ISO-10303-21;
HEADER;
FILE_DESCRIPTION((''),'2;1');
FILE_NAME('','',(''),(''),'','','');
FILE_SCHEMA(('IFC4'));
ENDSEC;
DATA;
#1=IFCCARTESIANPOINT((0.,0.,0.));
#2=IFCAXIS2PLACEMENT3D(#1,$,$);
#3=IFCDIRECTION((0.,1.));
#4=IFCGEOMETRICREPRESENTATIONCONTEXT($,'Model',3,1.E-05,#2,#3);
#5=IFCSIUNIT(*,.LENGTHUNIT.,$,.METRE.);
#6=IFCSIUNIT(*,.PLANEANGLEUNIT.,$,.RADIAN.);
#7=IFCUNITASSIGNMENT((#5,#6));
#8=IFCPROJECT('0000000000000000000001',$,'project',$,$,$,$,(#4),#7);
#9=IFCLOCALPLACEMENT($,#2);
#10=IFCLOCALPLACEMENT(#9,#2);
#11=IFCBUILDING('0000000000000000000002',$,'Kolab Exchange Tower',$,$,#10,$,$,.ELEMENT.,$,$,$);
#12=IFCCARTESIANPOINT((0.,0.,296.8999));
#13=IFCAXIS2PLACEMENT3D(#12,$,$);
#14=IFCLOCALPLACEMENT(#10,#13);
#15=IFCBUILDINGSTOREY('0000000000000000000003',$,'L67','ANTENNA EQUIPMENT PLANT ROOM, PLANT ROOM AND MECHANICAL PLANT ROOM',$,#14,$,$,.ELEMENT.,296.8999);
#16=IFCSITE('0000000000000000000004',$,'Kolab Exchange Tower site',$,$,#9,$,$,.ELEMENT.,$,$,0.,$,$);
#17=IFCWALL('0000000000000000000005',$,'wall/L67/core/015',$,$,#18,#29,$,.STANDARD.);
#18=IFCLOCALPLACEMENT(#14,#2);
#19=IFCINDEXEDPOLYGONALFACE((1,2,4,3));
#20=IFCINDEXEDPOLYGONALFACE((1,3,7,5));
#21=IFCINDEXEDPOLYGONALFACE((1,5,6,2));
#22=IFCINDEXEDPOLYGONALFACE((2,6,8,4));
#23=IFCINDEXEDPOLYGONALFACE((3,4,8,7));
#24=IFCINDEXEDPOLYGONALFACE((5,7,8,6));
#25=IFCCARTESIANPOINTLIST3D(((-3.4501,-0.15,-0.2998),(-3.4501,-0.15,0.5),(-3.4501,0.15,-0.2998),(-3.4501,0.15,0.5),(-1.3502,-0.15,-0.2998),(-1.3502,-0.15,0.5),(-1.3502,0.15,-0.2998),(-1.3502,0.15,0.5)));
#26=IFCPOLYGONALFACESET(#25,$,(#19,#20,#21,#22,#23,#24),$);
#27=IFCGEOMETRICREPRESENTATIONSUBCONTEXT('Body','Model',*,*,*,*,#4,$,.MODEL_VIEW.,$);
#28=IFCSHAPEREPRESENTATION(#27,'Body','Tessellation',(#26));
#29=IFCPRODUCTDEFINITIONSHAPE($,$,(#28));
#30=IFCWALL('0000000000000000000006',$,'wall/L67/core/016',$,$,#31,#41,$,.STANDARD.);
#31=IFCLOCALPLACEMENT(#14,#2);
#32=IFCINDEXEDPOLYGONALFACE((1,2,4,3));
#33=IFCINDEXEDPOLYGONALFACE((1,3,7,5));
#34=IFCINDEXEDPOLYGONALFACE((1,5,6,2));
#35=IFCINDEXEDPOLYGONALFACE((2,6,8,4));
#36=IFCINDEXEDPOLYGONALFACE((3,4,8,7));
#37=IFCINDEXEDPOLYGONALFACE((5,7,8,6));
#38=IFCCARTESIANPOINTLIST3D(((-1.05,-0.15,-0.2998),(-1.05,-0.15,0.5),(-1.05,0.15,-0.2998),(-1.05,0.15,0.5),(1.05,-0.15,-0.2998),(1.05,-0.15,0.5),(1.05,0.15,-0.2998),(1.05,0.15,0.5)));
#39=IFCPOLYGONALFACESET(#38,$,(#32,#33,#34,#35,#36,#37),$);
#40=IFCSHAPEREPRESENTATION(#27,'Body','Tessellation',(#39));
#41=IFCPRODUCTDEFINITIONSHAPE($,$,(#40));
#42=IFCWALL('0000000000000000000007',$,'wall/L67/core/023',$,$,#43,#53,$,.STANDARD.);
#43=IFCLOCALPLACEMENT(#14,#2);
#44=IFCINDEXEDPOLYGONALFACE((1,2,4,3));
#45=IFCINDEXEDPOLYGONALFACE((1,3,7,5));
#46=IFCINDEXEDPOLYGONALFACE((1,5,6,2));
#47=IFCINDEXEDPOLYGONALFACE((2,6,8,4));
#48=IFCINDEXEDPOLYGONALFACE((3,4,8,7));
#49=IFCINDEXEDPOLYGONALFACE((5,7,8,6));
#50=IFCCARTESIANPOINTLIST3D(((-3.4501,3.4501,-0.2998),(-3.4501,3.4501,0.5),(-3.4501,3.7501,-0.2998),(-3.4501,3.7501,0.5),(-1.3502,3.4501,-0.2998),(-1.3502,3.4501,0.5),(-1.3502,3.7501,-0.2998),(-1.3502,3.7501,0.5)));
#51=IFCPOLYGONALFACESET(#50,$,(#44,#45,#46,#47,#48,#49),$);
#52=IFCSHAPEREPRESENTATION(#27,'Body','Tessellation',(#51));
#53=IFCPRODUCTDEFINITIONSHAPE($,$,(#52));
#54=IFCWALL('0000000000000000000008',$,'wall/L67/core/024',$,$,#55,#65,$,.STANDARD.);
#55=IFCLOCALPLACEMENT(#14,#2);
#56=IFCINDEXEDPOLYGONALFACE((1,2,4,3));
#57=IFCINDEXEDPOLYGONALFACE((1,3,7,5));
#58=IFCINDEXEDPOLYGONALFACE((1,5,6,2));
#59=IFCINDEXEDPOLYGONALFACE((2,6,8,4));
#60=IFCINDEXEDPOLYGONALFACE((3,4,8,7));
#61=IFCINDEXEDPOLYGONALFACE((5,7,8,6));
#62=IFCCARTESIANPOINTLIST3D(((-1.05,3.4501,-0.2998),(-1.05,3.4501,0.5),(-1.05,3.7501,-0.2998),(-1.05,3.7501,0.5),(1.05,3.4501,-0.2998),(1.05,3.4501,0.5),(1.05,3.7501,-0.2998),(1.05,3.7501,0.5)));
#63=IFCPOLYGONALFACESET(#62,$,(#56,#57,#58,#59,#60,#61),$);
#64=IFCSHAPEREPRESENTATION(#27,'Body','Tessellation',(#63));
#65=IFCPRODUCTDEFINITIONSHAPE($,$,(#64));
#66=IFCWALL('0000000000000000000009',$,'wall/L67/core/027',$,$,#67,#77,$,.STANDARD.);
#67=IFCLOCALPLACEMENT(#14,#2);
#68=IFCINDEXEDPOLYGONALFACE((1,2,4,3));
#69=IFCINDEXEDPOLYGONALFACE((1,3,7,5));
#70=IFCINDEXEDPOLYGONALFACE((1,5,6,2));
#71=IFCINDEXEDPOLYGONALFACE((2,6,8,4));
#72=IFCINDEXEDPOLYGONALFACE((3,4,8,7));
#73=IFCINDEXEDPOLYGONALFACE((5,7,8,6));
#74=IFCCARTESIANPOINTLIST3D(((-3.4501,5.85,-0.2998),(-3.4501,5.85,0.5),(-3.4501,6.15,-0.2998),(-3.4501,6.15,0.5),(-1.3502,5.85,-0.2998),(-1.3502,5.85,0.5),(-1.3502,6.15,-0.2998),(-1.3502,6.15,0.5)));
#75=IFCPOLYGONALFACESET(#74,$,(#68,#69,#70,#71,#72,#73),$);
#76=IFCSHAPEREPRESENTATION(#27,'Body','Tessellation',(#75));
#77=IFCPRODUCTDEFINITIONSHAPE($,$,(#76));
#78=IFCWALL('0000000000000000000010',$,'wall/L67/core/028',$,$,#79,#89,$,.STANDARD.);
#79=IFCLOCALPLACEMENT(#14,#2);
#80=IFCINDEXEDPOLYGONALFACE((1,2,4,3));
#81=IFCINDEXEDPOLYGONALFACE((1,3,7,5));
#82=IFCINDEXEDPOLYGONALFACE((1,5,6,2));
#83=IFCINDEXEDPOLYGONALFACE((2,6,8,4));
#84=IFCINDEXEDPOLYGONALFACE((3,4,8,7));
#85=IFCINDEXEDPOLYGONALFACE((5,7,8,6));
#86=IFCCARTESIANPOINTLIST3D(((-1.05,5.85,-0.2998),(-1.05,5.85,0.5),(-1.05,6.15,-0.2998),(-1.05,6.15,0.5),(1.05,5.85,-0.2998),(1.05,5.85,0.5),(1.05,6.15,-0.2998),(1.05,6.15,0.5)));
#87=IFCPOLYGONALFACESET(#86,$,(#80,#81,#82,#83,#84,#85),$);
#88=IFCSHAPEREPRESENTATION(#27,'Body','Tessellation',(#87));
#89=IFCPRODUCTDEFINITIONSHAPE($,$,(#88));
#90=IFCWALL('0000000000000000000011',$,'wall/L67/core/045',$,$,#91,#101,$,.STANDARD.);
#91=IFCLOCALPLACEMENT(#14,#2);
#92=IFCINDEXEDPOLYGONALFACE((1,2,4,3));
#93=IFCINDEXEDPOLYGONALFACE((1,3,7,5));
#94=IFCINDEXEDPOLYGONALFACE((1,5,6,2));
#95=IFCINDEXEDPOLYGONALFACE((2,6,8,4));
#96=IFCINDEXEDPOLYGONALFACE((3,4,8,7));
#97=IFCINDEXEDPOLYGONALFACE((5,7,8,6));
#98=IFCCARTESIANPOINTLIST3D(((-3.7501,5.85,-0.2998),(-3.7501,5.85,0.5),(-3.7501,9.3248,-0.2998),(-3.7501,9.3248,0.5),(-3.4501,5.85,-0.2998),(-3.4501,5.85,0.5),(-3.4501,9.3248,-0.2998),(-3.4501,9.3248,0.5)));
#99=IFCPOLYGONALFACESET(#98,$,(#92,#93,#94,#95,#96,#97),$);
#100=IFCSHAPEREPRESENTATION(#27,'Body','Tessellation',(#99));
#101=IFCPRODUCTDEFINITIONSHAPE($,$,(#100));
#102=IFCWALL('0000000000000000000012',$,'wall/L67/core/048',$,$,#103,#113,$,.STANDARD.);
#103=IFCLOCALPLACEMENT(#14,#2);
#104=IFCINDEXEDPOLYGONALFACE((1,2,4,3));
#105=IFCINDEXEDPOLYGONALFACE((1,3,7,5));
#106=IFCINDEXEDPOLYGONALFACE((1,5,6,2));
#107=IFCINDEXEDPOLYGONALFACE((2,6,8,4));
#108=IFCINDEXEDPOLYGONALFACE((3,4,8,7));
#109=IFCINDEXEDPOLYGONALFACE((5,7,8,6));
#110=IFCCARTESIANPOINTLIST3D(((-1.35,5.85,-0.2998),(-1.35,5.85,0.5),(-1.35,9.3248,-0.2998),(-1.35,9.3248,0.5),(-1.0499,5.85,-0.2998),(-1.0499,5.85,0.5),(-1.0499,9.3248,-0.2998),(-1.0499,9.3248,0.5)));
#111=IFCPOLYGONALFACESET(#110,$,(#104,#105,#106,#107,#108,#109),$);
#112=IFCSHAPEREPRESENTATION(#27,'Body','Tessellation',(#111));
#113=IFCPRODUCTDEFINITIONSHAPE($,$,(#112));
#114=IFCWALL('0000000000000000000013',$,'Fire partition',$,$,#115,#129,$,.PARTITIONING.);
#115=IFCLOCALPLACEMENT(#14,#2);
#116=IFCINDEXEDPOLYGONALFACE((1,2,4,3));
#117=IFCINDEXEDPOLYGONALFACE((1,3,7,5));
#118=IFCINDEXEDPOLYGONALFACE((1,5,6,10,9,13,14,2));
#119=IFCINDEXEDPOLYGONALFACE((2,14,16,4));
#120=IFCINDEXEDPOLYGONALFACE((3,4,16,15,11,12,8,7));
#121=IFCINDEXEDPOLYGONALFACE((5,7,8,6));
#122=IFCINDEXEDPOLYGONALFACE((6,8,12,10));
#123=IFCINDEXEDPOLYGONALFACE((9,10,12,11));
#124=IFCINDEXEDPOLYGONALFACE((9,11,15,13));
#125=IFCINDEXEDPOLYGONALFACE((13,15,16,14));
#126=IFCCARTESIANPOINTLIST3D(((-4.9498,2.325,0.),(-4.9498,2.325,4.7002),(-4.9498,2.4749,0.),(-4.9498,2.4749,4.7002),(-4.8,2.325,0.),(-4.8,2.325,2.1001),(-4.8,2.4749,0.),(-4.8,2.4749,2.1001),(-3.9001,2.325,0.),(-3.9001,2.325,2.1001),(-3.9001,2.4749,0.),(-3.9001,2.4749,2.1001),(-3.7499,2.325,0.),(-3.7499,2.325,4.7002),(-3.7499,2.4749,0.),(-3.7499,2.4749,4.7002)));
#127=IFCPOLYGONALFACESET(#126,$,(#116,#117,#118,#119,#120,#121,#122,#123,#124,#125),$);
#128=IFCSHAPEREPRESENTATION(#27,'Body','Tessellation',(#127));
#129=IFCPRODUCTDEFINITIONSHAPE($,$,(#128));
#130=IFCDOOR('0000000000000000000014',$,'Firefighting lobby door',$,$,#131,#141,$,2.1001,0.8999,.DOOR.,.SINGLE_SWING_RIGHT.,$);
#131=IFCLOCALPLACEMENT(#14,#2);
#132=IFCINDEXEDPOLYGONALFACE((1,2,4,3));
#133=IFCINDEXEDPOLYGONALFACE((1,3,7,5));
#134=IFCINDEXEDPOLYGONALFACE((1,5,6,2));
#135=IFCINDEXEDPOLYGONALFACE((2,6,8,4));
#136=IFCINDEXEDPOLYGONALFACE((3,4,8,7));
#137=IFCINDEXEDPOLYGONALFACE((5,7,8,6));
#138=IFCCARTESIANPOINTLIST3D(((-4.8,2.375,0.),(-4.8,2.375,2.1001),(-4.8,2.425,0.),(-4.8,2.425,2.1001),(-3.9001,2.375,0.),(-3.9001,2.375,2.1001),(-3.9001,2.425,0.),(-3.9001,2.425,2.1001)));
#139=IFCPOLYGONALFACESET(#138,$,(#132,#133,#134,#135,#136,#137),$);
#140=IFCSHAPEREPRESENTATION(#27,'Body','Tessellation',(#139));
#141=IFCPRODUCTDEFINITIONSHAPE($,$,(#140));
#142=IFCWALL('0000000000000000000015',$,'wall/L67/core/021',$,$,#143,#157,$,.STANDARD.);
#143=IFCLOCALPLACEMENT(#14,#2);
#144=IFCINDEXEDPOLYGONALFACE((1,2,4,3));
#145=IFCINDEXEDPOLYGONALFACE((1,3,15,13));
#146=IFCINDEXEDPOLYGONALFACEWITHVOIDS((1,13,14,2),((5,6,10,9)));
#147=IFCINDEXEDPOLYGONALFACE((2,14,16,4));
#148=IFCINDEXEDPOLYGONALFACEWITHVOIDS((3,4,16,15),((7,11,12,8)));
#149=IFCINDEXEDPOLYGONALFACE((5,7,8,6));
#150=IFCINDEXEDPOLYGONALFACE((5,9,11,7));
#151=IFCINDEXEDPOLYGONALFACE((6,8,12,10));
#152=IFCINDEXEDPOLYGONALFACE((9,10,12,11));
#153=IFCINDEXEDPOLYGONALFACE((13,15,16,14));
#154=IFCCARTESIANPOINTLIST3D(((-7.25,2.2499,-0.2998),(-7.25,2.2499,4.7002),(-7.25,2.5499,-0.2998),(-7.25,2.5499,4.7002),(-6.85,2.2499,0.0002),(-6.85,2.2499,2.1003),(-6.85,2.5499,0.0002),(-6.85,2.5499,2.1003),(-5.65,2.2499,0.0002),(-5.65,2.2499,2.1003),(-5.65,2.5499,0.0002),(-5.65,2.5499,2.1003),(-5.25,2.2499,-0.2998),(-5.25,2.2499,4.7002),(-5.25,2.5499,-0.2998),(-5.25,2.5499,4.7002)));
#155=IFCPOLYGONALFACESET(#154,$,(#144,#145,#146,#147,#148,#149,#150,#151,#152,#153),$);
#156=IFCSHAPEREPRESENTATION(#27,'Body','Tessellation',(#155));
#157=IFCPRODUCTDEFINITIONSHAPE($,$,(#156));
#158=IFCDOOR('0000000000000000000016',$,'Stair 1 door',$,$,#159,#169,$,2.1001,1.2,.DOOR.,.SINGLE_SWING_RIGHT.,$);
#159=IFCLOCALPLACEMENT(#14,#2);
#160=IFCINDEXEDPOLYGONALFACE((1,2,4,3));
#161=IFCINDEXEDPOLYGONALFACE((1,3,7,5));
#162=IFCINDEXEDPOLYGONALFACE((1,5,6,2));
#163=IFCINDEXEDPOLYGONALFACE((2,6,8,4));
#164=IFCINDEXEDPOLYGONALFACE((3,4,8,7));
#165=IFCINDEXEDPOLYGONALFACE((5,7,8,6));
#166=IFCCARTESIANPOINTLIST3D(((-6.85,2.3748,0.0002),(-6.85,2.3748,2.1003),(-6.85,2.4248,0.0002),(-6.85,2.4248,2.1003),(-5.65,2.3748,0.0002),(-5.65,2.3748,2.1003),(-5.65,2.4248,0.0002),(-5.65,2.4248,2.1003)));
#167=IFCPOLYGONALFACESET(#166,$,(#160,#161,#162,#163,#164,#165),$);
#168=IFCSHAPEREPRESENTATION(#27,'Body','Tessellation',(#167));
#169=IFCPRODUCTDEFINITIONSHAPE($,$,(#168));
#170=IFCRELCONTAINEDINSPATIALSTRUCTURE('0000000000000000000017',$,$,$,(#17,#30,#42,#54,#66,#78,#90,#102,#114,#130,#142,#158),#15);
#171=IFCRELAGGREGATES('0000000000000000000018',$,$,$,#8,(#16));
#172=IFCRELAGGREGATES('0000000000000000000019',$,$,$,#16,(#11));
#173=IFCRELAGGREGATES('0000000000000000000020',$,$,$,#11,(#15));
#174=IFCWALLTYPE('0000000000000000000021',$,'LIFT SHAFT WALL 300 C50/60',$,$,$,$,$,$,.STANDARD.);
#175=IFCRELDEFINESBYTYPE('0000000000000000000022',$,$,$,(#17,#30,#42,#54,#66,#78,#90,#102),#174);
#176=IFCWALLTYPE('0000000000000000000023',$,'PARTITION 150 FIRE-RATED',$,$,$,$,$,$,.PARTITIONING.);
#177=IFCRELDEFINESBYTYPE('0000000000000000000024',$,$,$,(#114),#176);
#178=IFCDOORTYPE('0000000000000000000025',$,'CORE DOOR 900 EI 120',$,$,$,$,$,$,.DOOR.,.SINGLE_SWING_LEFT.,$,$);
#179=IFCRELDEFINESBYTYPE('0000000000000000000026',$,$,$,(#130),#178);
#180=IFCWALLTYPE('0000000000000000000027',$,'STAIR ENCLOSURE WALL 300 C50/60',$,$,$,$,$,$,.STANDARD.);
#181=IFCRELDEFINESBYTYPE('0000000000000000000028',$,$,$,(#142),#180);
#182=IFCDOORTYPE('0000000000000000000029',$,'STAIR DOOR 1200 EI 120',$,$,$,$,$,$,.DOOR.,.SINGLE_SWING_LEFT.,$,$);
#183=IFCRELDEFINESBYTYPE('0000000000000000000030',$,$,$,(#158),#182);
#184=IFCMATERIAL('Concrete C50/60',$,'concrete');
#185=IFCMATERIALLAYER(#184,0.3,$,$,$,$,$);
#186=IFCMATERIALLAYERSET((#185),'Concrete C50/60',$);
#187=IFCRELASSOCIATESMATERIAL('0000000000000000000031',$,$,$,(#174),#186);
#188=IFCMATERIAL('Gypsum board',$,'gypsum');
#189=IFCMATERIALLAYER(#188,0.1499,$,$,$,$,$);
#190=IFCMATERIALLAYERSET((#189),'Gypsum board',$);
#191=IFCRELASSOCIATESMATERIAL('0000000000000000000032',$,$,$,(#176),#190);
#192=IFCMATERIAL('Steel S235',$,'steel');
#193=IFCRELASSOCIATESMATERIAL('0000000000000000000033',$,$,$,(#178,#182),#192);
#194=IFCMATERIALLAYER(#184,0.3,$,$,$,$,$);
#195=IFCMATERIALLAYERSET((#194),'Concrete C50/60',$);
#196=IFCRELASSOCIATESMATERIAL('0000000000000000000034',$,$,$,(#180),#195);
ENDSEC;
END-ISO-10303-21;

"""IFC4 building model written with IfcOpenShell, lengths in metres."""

from ifc_helpers import new_model, si_unit, direction, frame, frame_2d, origin, place, context, subcontext, project, spatial, rectangle, extrude, material, layer, layer_set, type_object, element, fill, save


model = new_model("IFC4")

# Units and contexts
model_context = context("Model", 3, precision=1e-05, world=origin(), true_north=direction((0.0, 1.0)))
body_context = subcontext(model_context, "Body", "Model", "MODEL_VIEW")
ifc_project = project(units=[si_unit("LENGTHUNIT", "METRE"), si_unit("PLANEANGLEUNIT", "RADIAN")], contexts=[model_context])

# Site, building, storey
site_placement = place(None, origin())
site = spatial("IfcSite", under=ifc_project, at=site_placement, Name="Kolab Exchange Tower site", CompositionType="ELEMENT", RefElevation=0.0)
building_placement = place(site_placement, origin())
building = spatial("IfcBuilding", under=site, at=building_placement, Name="Kolab Exchange Tower", CompositionType="ELEMENT")
storey_placement = place(building_placement, frame((0.0, 0.0, 296.8999)))
storey = spatial("IfcBuildingStorey", under=building, at=storey_placement, Name="L67", Description="ANTENNA EQUIPMENT PLANT ROOM, PLANT ROOM AND MECHANICAL PLANT ROOM", CompositionType="ELEMENT", Elevation=296.8999)

# Walls
ifc_material_1 = material(Name="Concrete C50/60", Category="concrete")
ifc_layer_1 = layer(ifc_material_1, 0.3)
ifc_layer_set_1 = layer_set([ifc_layer_1], Name="Concrete C50/60")
wall_type_1 = type_object("IfcWallType", Name="LIFT SHAFT WALL 300 C50/60", PredefinedType="STANDARD", material=ifc_layer_set_1)
wall_1_placement = place(storey_placement, frame((-3.45, 0.0, -0.2998), z_axis=(0.0, 0.0, 1.0), x_axis=(1.0, 0.0, 0.0)))
element("IfcWall", 1, at=wall_1_placement, inside=storey, type_object=wall_type_1, Name="wall/L67/core/015", PredefinedType="STANDARD", context=body_context, shape_type="SweptSolid", body=[
    extrude(rectangle(XDim=2.0999, YDim=0.3, at=frame_2d((1.0498, 0.0))), origin(), (0.0, 0.0, 1.0), 0.7998),
])
wall_2_placement = place(storey_placement, frame((-1.05, 0.0, -0.2998), z_axis=(0.0, 0.0, 1.0), x_axis=(1.0, 0.0, 0.0)))
element("IfcWall", 2, at=wall_2_placement, inside=storey, type_object=wall_type_1, Name="wall/L67/core/016", PredefinedType="STANDARD", context=body_context, shape_type="SweptSolid", body=[
    extrude(rectangle(XDim=2.1001, YDim=0.3, at=frame_2d((1.05, 0.0))), origin(), (0.0, 0.0, 1.0), 0.7998),
])
wall_3_placement = place(storey_placement, frame((-3.45, 3.6001, -0.2998), z_axis=(0.0, 0.0, 1.0), x_axis=(1.0, 0.0, 0.0)))
element("IfcWall", 3, at=wall_3_placement, inside=storey, type_object=wall_type_1, Name="wall/L67/core/023", PredefinedType="STANDARD", context=body_context, shape_type="SweptSolid", body=[
    extrude(rectangle(XDim=2.0999, YDim=0.3, at=frame_2d((1.0498, 0.0))), origin(), (0.0, 0.0, 1.0), 0.7998),
])
wall_4_placement = place(storey_placement, frame((-1.05, 3.6001, -0.2998), z_axis=(0.0, 0.0, 1.0), x_axis=(1.0, 0.0, 0.0)))
element("IfcWall", 4, at=wall_4_placement, inside=storey, type_object=wall_type_1, Name="wall/L67/core/024", PredefinedType="STANDARD", context=body_context, shape_type="SweptSolid", body=[
    extrude(rectangle(XDim=2.1001, YDim=0.3, at=frame_2d((1.05, 0.0))), origin(), (0.0, 0.0, 1.0), 0.7998),
])
wall_5_placement = place(storey_placement, frame((-3.45, 6.0, -0.2998), z_axis=(0.0, 0.0, 1.0), x_axis=(1.0, 0.0, 0.0)))
element("IfcWall", 5, at=wall_5_placement, inside=storey, type_object=wall_type_1, Name="wall/L67/core/027", PredefinedType="STANDARD", context=body_context, shape_type="SweptSolid", body=[
    extrude(rectangle(XDim=2.0999, YDim=0.3, at=frame_2d((1.0498, 0.0))), origin(), (0.0, 0.0, 1.0), 0.7998),
])
wall_6_placement = place(storey_placement, frame((-1.05, 6.0, -0.2998), z_axis=(0.0, 0.0, 1.0), x_axis=(1.0, 0.0, 0.0)))
element("IfcWall", 6, at=wall_6_placement, inside=storey, type_object=wall_type_1, Name="wall/L67/core/028", PredefinedType="STANDARD", context=body_context, shape_type="SweptSolid", body=[
    extrude(rectangle(XDim=2.1001, YDim=0.3, at=frame_2d((1.05, 0.0))), origin(), (0.0, 0.0, 1.0), 0.7998),
])
for number, where, z_axis, x_axis, name in (
    (7, (-3.6001, 5.8501, -0.2998), (0.0, 0.0, 1.0), (0.0, 1.0, 0.0), "wall/L67/core/045"),
    (8, (-1.2, 5.8501, -0.2998), (0.0, 0.0, 1.0), (0.0, 1.0, 0.0), "wall/L67/core/048"),
):
    element("IfcWall", number, at=place(storey_placement, frame(where, z_axis=z_axis, x_axis=x_axis)), inside=storey, type_object=wall_type_1, Name=name, PredefinedType="STANDARD", context=body_context, shape_type="SweptSolid", body=[
        extrude(rectangle(XDim=3.4749, YDim=0.3, at=frame_2d((1.7373, 0.0))), origin(), (0.0, 0.0, 1.0), 0.7998),
    ])

# Walls, openings, doors
ifc_material_2 = material(Name="Gypsum board", Category="gypsum")
ifc_layer_2 = layer(ifc_material_2, 0.1499)
ifc_layer_set_2 = layer_set([ifc_layer_2], Name="Gypsum board")
wall_type_2 = type_object("IfcWallType", Name="PARTITION 150 FIRE-RATED", PredefinedType="PARTITIONING", material=ifc_layer_set_2)
wall_7_placement = place(storey_placement, frame((-4.95, 2.3999, 0.0), z_axis=(0.0, 0.0, 1.0), x_axis=(1.0, 0.0, 0.0)))
wall_7 = element("IfcWall", 9, at=wall_7_placement, inside=storey, type_object=wall_type_2, Name="Fire partition", PredefinedType="PARTITIONING", context=body_context, shape_type="SweptSolid", body=[
    extrude(rectangle(XDim=1.2, YDim=0.1499, at=frame_2d((0.6001, 0.0))), origin(), (0.0, 0.0, 1.0), 4.7002),
])
opening_1_placement = place(wall_7_placement, frame((0.1499, 0.0, 0.0)))
opening_1 = element("IfcOpeningElement", 10, at=opening_1_placement, cuts=wall_7, PredefinedType="OPENING", context=body_context, shape_type="SweptSolid", body=[
    extrude(rectangle(XDim=0.8999, YDim=2.1001, at=frame_2d((0.45, 1.05))), frame((0.0, 0.085, 0.0), z_axis=(0.0, -1.0, 0.0), x_axis=(1.0, 0.0, 0.0)), (0.0, 0.0, 1.0), 0.1699),
])
ifc_material_3 = material(Name="Steel S235", Category="steel")
door_type_1 = type_object("IfcDoorType", Name="CORE DOOR 900 EI 120", OperationType="SINGLE_SWING_LEFT", PredefinedType="DOOR", material=ifc_material_3)
door_1_placement = place(opening_1_placement, frame((0.8999, 0.0, 0.0), z_axis=(0.0, 0.0, 1.0), x_axis=(-1.0, 0.0, 0.0)))
door_1 = element("IfcDoor", 11, at=door_1_placement, inside=storey, type_object=door_type_1, Name="Firefighting lobby door", OperationType="SINGLE_SWING_RIGHT", OverallHeight=2.1001, OverallWidth=0.8999, PredefinedType="DOOR", context=body_context, shape_type="SweptSolid", body=[
    extrude(rectangle(XDim=0.8999, YDim=2.1001, at=frame_2d((0.45, 1.05))), frame((0.0, 0.0249, 0.0), z_axis=(0.0, -1.0, 0.0), x_axis=(1.0, 0.0, 0.0)), (0.0, 0.0, 1.0), 0.05),
])
fill(opening_1, door_1)
ifc_layer_3 = layer(ifc_material_1, 0.3)
ifc_layer_set_3 = layer_set([ifc_layer_3], Name="Concrete C50/60")
wall_type_3 = type_object("IfcWallType", Name="STAIR ENCLOSURE WALL 300 C50/60", PredefinedType="STANDARD", material=ifc_layer_set_3)
wall_8_placement = place(storey_placement, frame((-7.25, 2.3999, -0.2998), z_axis=(0.0, 0.0, 1.0), x_axis=(1.0, 0.0, 0.0)))
wall_8 = element("IfcWall", 12, at=wall_8_placement, inside=storey, type_object=wall_type_3, Name="wall/L67/core/021", PredefinedType="STANDARD", context=body_context, shape_type="SweptSolid", body=[
    extrude(rectangle(XDim=2.0, YDim=0.3, at=frame_2d((1.0, 0.0))), origin(), (0.0, 0.0, 1.0), 5.0),
])
opening_2_placement = place(wall_8_placement, frame((0.3999, 0.0, 0.3)))
opening_2 = element("IfcOpeningElement", 13, at=opening_2_placement, cuts=wall_8, PredefinedType="OPENING", context=body_context, shape_type="SweptSolid", body=[
    extrude(rectangle(XDim=1.2, YDim=2.1001, at=frame_2d((0.6001, 1.05))), frame((0.0, 0.1602, 0.0), z_axis=(0.0, -1.0, 0.0), x_axis=(1.0, 0.0, 0.0)), (0.0, 0.0, 1.0), 0.3201),
])
door_type_2 = type_object("IfcDoorType", Name="STAIR DOOR 1200 EI 120", OperationType="SINGLE_SWING_LEFT", PredefinedType="DOOR", material=ifc_material_3)
door_2_placement = place(opening_2_placement, origin())
door_2 = element("IfcDoor", 14, at=door_2_placement, inside=storey, type_object=door_type_2, Name="Stair 1 door", OperationType="SINGLE_SWING_RIGHT", OverallHeight=2.1001, OverallWidth=1.2, PredefinedType="DOOR", context=body_context, shape_type="SweptSolid", body=[
    extrude(rectangle(XDim=1.2, YDim=2.1001, at=frame_2d((0.6001, 1.05))), frame((0.0, 0.0249, 0.0), z_axis=(0.0, -1.0, 0.0), x_axis=(1.0, 0.0, 0.0)), (0.0, 0.0, 1.0), 0.05),
])
fill(opening_2, door_2)

save(model, "model.ifc")
